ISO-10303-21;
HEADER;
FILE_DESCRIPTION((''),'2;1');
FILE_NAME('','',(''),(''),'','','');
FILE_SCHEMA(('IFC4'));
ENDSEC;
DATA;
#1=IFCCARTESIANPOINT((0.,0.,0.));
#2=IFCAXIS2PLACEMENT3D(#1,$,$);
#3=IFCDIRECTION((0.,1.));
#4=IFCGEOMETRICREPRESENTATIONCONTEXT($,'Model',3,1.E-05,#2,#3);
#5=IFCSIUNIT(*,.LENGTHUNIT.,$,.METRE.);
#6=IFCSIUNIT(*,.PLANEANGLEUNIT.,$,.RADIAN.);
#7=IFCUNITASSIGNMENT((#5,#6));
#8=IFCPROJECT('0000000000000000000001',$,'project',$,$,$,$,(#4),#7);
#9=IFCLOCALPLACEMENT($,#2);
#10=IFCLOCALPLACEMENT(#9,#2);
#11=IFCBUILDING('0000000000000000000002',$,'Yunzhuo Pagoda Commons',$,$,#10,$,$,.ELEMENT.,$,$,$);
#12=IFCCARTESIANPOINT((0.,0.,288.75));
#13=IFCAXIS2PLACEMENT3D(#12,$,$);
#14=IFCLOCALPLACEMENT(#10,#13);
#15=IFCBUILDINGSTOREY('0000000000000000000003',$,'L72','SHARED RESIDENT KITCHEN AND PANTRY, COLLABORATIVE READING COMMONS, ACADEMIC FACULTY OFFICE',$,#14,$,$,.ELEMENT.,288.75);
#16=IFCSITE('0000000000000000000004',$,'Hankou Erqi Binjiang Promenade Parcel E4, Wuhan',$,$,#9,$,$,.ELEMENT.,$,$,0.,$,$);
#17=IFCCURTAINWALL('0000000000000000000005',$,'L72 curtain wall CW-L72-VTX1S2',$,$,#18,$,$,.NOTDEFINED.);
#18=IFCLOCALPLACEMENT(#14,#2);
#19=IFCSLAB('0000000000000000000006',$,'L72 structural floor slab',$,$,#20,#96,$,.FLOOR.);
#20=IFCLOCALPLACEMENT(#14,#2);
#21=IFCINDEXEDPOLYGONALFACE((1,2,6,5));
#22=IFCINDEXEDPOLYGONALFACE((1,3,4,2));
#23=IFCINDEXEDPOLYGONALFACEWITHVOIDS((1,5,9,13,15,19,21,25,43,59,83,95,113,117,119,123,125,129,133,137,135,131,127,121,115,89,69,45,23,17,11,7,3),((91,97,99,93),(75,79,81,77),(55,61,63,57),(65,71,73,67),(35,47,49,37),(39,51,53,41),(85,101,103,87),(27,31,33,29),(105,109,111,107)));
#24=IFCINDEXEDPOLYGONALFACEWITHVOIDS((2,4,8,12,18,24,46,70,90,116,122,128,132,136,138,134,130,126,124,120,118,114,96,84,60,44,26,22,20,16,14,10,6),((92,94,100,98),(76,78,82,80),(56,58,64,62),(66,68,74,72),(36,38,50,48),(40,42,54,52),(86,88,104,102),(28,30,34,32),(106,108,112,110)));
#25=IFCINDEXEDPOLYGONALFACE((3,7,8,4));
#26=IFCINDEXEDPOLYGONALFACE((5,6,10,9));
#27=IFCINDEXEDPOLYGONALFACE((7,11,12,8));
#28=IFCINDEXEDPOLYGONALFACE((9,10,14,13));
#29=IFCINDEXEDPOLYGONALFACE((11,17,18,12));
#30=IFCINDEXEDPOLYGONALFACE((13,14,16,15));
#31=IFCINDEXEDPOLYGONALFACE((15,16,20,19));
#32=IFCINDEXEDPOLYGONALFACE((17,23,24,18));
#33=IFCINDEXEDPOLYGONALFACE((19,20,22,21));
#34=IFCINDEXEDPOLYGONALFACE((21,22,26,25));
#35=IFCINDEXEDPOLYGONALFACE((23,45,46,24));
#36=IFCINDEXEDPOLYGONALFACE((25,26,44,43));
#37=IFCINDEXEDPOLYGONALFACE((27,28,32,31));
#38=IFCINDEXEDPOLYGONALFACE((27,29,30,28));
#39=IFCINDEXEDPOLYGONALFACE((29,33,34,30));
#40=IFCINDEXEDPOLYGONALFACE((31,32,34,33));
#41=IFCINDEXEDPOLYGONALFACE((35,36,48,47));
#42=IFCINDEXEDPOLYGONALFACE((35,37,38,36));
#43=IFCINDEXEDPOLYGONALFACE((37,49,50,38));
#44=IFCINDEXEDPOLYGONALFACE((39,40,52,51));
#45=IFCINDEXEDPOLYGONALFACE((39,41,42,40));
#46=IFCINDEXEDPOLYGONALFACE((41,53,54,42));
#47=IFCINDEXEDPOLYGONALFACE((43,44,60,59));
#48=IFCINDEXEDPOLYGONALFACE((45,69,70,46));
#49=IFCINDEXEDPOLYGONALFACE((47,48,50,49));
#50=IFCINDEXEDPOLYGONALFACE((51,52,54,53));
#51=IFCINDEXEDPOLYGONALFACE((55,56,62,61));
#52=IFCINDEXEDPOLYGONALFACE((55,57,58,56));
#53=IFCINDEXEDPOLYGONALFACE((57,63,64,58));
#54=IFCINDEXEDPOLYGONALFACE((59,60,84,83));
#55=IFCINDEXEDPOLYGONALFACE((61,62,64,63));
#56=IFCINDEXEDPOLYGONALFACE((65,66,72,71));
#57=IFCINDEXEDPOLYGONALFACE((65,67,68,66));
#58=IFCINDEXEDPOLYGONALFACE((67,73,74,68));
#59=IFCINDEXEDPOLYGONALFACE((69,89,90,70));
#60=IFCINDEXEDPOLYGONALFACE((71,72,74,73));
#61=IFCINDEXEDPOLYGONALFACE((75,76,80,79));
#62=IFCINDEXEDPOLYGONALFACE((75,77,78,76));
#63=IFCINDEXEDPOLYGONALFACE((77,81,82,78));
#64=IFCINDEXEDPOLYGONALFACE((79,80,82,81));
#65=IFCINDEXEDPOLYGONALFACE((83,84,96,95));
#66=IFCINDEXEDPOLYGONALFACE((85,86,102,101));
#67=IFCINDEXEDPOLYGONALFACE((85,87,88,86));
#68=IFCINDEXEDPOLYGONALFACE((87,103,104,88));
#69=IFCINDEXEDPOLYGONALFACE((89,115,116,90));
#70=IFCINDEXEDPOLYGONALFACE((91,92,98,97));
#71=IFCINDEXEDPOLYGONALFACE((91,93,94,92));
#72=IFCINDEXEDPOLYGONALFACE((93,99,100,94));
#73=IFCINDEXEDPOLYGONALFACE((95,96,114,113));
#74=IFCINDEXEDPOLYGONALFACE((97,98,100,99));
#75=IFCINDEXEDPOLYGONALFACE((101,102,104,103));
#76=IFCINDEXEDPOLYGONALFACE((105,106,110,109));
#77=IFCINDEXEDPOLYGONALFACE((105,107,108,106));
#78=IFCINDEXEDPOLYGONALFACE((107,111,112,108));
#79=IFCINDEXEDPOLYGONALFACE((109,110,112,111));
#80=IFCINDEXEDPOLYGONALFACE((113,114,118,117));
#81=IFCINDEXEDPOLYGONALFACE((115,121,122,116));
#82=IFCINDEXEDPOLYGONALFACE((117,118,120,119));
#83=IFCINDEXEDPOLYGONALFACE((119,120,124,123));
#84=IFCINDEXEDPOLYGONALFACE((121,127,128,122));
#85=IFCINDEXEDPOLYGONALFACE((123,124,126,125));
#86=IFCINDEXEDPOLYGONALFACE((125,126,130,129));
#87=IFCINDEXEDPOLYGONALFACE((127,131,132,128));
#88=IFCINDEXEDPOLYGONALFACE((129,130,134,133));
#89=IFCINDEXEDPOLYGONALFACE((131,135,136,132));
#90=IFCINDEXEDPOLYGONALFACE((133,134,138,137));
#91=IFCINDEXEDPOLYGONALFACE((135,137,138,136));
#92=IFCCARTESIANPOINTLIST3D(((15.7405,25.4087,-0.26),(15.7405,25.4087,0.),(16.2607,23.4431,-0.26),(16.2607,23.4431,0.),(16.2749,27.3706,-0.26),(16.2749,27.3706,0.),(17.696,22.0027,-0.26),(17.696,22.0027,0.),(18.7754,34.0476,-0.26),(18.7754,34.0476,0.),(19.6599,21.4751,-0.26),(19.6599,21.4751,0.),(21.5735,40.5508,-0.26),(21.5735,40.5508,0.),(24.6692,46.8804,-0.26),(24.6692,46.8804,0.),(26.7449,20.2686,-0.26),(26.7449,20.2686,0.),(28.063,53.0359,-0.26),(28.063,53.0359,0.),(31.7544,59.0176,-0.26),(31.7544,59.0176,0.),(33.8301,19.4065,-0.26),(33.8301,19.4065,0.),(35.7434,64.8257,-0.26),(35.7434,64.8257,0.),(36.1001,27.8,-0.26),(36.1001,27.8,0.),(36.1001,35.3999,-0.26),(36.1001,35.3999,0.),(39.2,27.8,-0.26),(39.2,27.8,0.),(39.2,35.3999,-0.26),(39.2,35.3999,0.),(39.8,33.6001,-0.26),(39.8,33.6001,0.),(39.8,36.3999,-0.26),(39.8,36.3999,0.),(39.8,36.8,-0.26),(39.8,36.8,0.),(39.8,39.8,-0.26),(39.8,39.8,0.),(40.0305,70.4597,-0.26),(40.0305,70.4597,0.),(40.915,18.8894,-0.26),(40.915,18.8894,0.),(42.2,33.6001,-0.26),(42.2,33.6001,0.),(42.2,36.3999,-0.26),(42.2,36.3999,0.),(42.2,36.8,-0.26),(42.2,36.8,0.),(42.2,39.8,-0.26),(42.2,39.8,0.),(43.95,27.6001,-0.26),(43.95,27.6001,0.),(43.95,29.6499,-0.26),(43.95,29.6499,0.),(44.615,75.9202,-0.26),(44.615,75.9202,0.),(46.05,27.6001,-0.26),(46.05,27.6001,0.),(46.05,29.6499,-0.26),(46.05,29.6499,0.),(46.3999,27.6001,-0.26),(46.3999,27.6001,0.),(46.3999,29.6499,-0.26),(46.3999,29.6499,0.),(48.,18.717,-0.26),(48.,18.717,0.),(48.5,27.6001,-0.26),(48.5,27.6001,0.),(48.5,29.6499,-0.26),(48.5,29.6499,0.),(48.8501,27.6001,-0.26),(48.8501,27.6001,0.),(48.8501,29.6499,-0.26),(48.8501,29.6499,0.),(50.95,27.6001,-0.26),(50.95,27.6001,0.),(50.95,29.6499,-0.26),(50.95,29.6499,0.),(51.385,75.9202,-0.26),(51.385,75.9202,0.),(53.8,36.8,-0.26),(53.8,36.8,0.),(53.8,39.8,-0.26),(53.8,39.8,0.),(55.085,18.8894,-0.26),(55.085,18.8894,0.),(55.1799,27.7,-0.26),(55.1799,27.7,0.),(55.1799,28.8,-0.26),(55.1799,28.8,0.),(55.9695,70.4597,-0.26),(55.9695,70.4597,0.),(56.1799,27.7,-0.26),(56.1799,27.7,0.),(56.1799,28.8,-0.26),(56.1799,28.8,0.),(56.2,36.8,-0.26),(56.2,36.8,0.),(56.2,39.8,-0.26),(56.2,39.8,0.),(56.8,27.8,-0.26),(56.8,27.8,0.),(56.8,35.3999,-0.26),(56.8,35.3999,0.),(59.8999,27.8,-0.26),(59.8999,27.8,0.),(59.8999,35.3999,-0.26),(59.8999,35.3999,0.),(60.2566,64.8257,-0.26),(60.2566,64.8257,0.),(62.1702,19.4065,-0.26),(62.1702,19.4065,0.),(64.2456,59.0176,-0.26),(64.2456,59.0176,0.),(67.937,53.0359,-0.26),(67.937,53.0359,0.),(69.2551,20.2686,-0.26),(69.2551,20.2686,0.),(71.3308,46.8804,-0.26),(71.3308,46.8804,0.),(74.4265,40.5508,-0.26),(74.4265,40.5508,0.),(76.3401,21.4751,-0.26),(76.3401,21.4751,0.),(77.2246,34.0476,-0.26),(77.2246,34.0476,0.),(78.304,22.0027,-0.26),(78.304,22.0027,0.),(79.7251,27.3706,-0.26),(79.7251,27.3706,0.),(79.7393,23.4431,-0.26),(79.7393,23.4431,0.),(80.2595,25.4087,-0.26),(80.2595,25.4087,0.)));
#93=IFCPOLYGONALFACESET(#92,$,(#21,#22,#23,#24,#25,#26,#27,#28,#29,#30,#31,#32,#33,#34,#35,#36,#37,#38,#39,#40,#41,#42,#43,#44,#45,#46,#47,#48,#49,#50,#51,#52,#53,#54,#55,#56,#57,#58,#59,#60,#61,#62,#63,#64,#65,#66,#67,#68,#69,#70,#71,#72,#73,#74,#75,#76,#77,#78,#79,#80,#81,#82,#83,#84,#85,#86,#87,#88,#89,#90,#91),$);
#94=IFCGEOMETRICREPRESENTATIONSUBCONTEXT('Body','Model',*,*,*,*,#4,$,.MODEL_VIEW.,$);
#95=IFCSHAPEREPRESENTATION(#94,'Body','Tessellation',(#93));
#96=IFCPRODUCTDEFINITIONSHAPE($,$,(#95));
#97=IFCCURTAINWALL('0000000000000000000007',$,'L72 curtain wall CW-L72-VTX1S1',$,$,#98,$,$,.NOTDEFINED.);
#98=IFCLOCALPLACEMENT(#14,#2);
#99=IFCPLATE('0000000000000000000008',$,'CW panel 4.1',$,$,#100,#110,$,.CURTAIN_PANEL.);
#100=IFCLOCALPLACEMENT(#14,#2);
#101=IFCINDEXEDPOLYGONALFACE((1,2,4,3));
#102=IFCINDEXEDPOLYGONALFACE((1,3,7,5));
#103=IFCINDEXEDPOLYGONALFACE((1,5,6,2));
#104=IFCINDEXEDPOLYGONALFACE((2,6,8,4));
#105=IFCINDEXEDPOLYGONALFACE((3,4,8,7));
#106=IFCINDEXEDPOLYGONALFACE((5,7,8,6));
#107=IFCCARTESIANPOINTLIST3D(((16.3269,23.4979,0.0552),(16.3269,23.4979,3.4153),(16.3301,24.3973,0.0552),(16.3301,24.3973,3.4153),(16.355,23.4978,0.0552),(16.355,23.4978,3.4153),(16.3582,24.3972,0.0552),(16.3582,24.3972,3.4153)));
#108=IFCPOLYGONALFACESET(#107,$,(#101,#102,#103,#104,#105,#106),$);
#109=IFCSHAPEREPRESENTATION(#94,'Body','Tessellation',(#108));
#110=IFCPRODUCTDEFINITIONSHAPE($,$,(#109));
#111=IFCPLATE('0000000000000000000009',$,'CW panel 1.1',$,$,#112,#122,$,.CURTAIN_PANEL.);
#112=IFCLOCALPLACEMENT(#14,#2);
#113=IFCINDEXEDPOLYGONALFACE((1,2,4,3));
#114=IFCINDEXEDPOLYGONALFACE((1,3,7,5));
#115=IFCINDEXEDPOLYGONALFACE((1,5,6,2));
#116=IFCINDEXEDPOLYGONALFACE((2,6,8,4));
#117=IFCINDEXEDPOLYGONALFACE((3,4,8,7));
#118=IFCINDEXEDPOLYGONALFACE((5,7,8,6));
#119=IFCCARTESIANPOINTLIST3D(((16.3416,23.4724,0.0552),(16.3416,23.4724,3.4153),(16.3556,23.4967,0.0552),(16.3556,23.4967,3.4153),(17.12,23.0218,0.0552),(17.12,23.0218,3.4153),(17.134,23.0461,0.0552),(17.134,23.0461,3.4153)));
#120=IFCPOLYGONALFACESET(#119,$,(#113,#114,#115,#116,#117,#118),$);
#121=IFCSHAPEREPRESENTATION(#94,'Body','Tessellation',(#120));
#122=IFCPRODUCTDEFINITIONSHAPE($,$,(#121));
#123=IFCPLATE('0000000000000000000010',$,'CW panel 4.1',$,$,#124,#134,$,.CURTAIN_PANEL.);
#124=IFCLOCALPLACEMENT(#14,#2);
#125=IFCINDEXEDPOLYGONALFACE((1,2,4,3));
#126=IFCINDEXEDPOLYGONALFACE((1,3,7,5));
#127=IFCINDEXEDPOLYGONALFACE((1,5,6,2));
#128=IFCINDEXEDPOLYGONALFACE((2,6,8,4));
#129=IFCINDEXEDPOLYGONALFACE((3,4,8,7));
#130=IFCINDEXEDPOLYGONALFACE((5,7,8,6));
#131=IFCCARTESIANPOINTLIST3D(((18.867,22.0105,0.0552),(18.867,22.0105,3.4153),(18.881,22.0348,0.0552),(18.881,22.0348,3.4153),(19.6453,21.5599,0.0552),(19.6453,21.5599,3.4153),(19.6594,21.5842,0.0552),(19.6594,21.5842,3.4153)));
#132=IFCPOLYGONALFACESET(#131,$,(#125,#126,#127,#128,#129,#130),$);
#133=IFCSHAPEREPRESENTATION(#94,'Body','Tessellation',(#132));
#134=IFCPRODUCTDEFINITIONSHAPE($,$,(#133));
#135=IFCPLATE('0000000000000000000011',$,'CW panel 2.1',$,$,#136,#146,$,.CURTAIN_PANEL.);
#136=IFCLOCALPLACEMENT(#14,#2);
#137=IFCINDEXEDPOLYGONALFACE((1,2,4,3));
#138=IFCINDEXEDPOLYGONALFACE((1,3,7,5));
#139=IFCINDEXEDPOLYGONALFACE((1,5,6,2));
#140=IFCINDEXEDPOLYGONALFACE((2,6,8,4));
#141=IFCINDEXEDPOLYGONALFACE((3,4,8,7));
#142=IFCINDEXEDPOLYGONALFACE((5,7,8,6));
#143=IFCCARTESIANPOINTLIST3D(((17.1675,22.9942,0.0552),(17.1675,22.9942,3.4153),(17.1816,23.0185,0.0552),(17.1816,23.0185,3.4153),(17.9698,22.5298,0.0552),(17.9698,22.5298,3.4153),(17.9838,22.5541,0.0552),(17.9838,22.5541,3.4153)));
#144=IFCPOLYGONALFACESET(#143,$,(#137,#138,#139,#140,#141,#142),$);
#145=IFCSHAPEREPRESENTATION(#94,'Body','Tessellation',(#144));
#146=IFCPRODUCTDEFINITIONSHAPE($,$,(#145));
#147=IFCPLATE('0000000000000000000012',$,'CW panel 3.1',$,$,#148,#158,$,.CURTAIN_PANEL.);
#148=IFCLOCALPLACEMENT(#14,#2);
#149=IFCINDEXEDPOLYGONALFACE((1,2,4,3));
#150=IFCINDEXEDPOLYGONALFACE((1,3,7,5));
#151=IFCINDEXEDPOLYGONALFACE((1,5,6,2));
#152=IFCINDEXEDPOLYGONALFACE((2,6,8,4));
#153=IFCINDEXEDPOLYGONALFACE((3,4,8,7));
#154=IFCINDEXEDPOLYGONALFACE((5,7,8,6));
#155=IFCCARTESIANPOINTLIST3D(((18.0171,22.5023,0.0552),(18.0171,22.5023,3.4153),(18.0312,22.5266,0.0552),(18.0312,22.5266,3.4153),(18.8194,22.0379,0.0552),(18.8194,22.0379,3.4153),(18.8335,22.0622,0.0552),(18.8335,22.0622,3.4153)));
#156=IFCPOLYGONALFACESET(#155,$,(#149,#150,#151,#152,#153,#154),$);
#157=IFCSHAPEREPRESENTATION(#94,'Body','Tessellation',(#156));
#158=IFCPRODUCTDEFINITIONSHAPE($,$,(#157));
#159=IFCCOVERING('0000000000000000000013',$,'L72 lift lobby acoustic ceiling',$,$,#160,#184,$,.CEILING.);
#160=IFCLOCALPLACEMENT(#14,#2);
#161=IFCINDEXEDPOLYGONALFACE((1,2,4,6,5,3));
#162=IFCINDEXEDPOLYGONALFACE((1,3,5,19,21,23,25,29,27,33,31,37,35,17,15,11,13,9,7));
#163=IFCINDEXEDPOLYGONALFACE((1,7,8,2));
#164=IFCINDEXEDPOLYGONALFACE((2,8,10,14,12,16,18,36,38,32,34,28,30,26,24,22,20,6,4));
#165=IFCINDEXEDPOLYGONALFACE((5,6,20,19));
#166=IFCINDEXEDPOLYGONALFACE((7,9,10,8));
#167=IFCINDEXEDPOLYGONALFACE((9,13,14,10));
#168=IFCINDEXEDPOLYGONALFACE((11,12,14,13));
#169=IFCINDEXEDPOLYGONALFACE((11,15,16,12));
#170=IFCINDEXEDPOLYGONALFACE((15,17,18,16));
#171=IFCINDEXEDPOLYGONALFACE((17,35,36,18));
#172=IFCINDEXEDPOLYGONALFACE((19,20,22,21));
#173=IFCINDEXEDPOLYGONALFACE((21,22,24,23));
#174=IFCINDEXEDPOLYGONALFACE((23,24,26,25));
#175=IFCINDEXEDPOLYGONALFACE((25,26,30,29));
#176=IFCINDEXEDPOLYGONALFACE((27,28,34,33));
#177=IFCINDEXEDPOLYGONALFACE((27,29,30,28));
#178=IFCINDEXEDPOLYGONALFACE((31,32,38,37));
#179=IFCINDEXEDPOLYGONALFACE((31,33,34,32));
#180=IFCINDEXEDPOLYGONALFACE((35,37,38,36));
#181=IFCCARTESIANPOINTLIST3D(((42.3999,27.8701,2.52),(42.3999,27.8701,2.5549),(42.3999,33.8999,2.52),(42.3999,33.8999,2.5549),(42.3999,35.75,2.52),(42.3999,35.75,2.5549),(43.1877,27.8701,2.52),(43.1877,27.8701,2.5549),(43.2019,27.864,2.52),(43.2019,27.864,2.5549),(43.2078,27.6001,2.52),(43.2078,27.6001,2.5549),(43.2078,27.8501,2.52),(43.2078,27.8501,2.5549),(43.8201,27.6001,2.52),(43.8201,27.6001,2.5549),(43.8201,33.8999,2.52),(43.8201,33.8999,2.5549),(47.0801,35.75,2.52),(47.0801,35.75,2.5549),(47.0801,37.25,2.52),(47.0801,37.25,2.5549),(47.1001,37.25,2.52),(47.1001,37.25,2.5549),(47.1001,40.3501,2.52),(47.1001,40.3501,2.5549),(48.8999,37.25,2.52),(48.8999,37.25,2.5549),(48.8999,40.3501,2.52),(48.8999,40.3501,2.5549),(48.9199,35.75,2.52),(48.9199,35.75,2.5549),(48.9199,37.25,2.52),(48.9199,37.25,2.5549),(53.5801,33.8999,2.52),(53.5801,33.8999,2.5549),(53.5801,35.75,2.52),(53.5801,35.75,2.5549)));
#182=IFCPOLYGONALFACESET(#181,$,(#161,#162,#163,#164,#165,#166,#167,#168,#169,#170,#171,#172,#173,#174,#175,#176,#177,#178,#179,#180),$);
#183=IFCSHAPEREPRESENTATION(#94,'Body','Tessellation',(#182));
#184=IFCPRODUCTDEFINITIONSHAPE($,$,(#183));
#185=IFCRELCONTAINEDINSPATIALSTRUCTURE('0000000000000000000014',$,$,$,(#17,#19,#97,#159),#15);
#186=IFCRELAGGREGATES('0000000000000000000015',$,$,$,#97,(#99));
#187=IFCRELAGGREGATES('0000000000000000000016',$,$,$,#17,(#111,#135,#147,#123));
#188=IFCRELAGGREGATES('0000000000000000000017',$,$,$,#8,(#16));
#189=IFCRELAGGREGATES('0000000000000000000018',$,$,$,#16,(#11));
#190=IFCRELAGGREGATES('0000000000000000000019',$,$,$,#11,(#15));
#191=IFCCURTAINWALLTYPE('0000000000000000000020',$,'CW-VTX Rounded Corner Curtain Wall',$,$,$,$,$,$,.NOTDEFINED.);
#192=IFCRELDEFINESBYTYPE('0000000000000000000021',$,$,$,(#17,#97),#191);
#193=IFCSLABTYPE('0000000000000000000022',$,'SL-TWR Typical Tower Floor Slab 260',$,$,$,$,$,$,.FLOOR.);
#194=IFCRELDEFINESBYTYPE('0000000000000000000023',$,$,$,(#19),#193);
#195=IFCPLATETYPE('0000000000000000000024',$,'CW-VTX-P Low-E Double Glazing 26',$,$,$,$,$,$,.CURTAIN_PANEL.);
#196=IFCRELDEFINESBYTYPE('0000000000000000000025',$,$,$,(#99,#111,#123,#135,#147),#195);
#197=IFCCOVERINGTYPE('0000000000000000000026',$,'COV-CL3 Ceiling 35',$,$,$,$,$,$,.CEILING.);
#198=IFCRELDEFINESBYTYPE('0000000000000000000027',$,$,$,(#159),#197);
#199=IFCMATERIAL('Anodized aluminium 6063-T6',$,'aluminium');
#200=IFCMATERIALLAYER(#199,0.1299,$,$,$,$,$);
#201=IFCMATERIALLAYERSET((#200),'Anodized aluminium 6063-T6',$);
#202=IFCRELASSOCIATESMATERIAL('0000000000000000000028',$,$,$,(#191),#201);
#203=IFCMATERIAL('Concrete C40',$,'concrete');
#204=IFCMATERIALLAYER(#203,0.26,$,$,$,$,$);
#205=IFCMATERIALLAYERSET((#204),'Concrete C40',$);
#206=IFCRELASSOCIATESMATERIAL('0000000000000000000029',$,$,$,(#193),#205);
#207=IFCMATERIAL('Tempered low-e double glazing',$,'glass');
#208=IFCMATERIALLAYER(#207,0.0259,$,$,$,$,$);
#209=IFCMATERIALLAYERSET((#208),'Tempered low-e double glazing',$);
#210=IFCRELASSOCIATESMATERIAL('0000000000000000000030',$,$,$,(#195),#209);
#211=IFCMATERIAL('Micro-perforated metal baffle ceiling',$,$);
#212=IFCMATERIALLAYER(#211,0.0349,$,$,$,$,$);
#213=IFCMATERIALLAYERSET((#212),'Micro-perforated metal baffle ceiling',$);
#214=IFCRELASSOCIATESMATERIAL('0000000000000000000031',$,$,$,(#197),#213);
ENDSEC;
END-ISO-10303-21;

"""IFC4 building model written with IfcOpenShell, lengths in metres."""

from ifc_helpers import new_model, si_unit, direction, frame, origin, origin_2d, place, context, subcontext, project, spatial, polyline, rectangle, outline, extrude, source, transform, mapped, material, layer, layer_set, type_object, element, aggregate, save


model = new_model("IFC4")

# Units and contexts
model_context = context("Model", 3, precision=1e-05, world=origin(), true_north=direction((0.0, 1.0)))
body_context = subcontext(model_context, "Body", "Model", "MODEL_VIEW")
ifc_project = project(units=[si_unit("LENGTHUNIT", "METRE"), si_unit("PLANEANGLEUNIT", "RADIAN")], contexts=[model_context])

# Site, building, storey
site_placement = place(None, origin())
site = spatial("IfcSite", under=ifc_project, at=site_placement, Name="Hankou Erqi Binjiang Promenade Parcel E4, Wuhan", CompositionType="ELEMENT", RefElevation=0.0)
building_placement = place(site_placement, origin())
building = spatial("IfcBuilding", under=site, at=building_placement, Name="Yunzhuo Pagoda Commons", CompositionType="ELEMENT")
storey_placement = place(building_placement, frame((0.0, 0.0, 288.75)))
storey = spatial("IfcBuildingStorey", under=building, at=storey_placement, Name="L72", Description="SHARED RESIDENT KITCHEN AND PANTRY, COLLABORATIVE READING COMMONS, ACADEMIC FACULTY OFFICE", CompositionType="ELEMENT", Elevation=288.75)

# Shared definitions
ifc_material_1 = material(Name="Anodized aluminium 6063-T6", Category="aluminium")

# Curtain wall
ifc_layer_1 = layer(ifc_material_1, 0.1299)
ifc_layer_set_1 = layer_set([ifc_layer_1], Name="Anodized aluminium 6063-T6")
curtain_wall_type_1 = type_object("IfcCurtainWallType", Name="CW-VTX Rounded Corner Curtain Wall", PredefinedType="NOTDEFINED", material=ifc_layer_set_1)
curtain_wall_1_placement = place(storey_placement, origin())
curtain_wall_1 = element("IfcCurtainWall", 1, at=curtain_wall_1_placement, inside=storey, type_object=curtain_wall_type_1, Name="L72 curtain wall CW-L72-VTX1S2", PredefinedType="NOTDEFINED")

# Shared definitions
ifc_material_2 = material(Name="Concrete C40", Category="concrete")

# Slab
ifc_layer_2 = layer(ifc_material_2, 0.26)
ifc_layer_set_2 = layer_set([ifc_layer_2], Name="Concrete C40")
slab_type_1 = type_object("IfcSlabType", Name="SL-TWR Typical Tower Floor Slab 260", PredefinedType="FLOOR", material=ifc_layer_set_2)
slab_1_placement = place(storey_placement, frame((0.0, 0.0, -0.26)))
element("IfcSlab", 2, at=slab_1_placement, inside=storey, type_object=slab_type_1, Name="L72 structural floor slab", PredefinedType="FLOOR", context=body_context, shape_type="SweptSolid", body=[
    extrude(outline(polyline([(18.7754, 34.0476), (21.5735, 40.5508), (24.6692, 46.8804), (28.063, 53.0359), (31.7544, 59.0176), (35.7434, 64.8257), (40.0305, 70.4597), (44.615, 75.9202), (51.385, 75.9202), (55.9695, 70.4597), (60.2566, 64.8257), (64.2456, 59.0176), (67.937, 53.0359), (71.3308, 46.8804), (74.4265, 40.5508), (77.2246, 34.0476), (79.7251, 27.3706), (80.2595, 25.4087), (79.7393, 23.4431), (78.304, 22.0027), (76.3401, 21.4751), (69.2551, 20.2686), (62.1702, 19.4065), (55.085, 18.8894), (48.0, 18.717), (40.915, 18.8894), (33.8301, 19.4065), (26.7449, 20.2686), (19.6599, 21.4751), (17.696, 22.0027), (16.2607, 23.4431), (15.7405, 25.4087), (16.2749, 27.3706), (18.7754, 34.0476)]), holes=[polyline([(56.1799, 28.8), (55.1799, 28.8), (55.1799, 27.7), (56.1799, 27.7), (56.1799, 28.8)]), polyline([(46.05, 29.6499), (43.95, 29.6499), (43.95, 27.6001), (46.05, 27.6001), (46.05, 29.6499)]), polyline([(48.5, 29.6499), (46.3999, 29.6499), (46.3999, 27.6001), (48.5, 27.6001), (48.5, 29.6499)]), polyline([(50.95, 29.6499), (48.8501, 29.6499), (48.8501, 27.6001), (50.95, 27.6001), (50.95, 29.6499)]), polyline([(39.2, 27.8), (39.2, 35.3999), (36.1001, 35.3999), (36.1001, 27.8), (39.2, 27.8)]), polyline([(59.8999, 27.8), (59.8999, 35.3999), (56.8, 35.3999), (56.8, 27.8), (59.8999, 27.8)]), polyline([(42.2, 36.3999), (39.8, 36.3999), (39.8, 33.6001), (42.2, 33.6001), (42.2, 36.3999)]), polyline([(42.2, 36.8), (42.2, 39.8), (39.8, 39.8), (39.8, 36.8), (42.2, 36.8)]), polyline([(56.2, 36.8), (56.2, 39.8), (53.8, 39.8), (53.8, 36.8), (56.2, 36.8)])]), origin(), (0.0, 0.0, 1.0), 0.26),
])

# Curtain wall, plate
curtain_wall_2_placement = place(storey_placement, origin())
curtain_wall_2 = element("IfcCurtainWall", 3, at=curtain_wall_2_placement, inside=storey, type_object=curtain_wall_type_1, Name="L72 curtain wall CW-L72-VTX1S1", PredefinedType="NOTDEFINED")
ifc_material_3 = material(Name="Tempered low-e double glazing", Category="glass")
ifc_layer_3 = layer(ifc_material_3, 0.0259)
ifc_layer_set_3 = layer_set([ifc_layer_3], Name="Tempered low-e double glazing")
plate_type = type_object("IfcPlateType", Name="CW-VTX-P Low-E Double Glazing 26", PredefinedType="CURTAIN_PANEL", material=ifc_layer_set_3)
shared_shape_1 = source(origin(), body_context, "Body", "SweptSolid", [
    extrude(rectangle(XDim=0.8994, YDim=0.0281, at=origin_2d()), origin(), (0.0, 0.0, 1.0), 3.3601),
])
plate_1_placement = place(storey_placement, frame((16.3425, 23.9475, 0.0552), z_axis=(0.0, 0.0, 1.0), x_axis=(-0.00359, -0.999994, 0.0)))
plate_1 = element("IfcPlate", 4, at=plate_1_placement, type_object=plate_type, Name="CW panel 4.1", PredefinedType="CURTAIN_PANEL", context=body_context, shape_type="MappedRepresentation", body=[
    mapped(shared_shape_1, transform((0.0, 0.0, 0.0), scale=1.0)),
])
aggregate(curtain_wall_2, [plate_1])

# Plates
plate_2_placement = place(storey_placement, frame((16.7378, 23.2593, 0.0552), z_axis=(0.0, 0.0, 1.0), x_axis=(0.865437, -0.501017, 0.0)))
plate_2 = element("IfcPlate", 5, at=plate_2_placement, type_object=plate_type, Name="CW panel 1.1", PredefinedType="CURTAIN_PANEL", context=body_context, shape_type="MappedRepresentation", body=[
    mapped(shared_shape_1, transform((0.0, 0.0, 0.0), scale=1.0)),
])
plate_3_placement = place(storey_placement, frame((19.2632, 21.7974, 0.0552), z_axis=(0.0, 0.0, 1.0), x_axis=(0.865437, -0.501017, 0.0)))
plate_3 = element("IfcPlate", 6, at=plate_3_placement, type_object=plate_type, Name="CW panel 4.1", PredefinedType="CURTAIN_PANEL", context=body_context, shape_type="MappedRepresentation", body=[
    mapped(shared_shape_1, transform((0.0, 0.0, 0.0), scale=1.0)),
])
shared_shape_2 = source(origin(), body_context, "Body", "SweptSolid", [
    extrude(rectangle(XDim=0.927, YDim=0.0281, at=origin_2d()), origin(), (0.0, 0.0, 1.0), 3.3601),
])
plate_4_placement = place(storey_placement, frame((17.5757, 22.7742, 0.0552), z_axis=(0.0, 0.0, 1.0), x_axis=(0.865437, -0.501017, 0.0)))
plate_4 = element("IfcPlate", 7, at=plate_4_placement, type_object=plate_type, Name="CW panel 2.1", PredefinedType="CURTAIN_PANEL", context=body_context, shape_type="MappedRepresentation", body=[
    mapped(shared_shape_2, transform((0.0, 0.0, 0.0), scale=1.0)),
])
plate_5_placement = place(storey_placement, frame((18.4253, 22.2822, 0.0552), z_axis=(0.0, 0.0, 1.0), x_axis=(0.865437, -0.501017, 0.0)))
plate_5 = element("IfcPlate", 8, at=plate_5_placement, type_object=plate_type, Name="CW panel 3.1", PredefinedType="CURTAIN_PANEL", context=body_context, shape_type="MappedRepresentation", body=[
    mapped(shared_shape_2, transform((0.0, 0.0, 0.0), scale=1.0)),
])
aggregate(curtain_wall_1, [plate_2, plate_4, plate_5, plate_3])

# Covering
ifc_material_4 = material(Name="Micro-perforated metal baffle ceiling")
ifc_layer_4 = layer(ifc_material_4, 0.0349)
ifc_layer_set_4 = layer_set([ifc_layer_4], Name="Micro-perforated metal baffle ceiling")
covering_type_1 = type_object("IfcCoveringType", Name="COV-CL3 Ceiling 35", PredefinedType="CEILING", material=ifc_layer_set_4)
covering_1_placement = place(storey_placement, frame((0.0, 0.0, 2.52)))
element("IfcCovering", 9, at=covering_1_placement, inside=storey, type_object=covering_type_1, Name="L72 lift lobby acoustic ceiling", PredefinedType="CEILING", context=body_context, shape_type="SweptSolid", body=[
    extrude(outline(polyline([(42.3999, 35.75), (47.0801, 35.75), (47.0801, 37.25), (47.1001, 37.25), (47.1001, 40.3501), (48.8999, 40.3501), (48.8999, 37.25), (48.9199, 37.25), (48.9199, 35.75), (53.5801, 35.75), (53.5801, 33.8999), (43.8201, 33.8999), (43.8201, 27.6001), (43.2078, 27.6001), (43.2078, 27.8501), (43.2019, 27.864), (43.1877, 27.8701), (42.3999, 27.8701), (42.3999, 33.8999), (42.3999, 35.75)])), origin(), (0.0, 0.0, 1.0), 0.0349),
])

save(model, "model.ifc")
